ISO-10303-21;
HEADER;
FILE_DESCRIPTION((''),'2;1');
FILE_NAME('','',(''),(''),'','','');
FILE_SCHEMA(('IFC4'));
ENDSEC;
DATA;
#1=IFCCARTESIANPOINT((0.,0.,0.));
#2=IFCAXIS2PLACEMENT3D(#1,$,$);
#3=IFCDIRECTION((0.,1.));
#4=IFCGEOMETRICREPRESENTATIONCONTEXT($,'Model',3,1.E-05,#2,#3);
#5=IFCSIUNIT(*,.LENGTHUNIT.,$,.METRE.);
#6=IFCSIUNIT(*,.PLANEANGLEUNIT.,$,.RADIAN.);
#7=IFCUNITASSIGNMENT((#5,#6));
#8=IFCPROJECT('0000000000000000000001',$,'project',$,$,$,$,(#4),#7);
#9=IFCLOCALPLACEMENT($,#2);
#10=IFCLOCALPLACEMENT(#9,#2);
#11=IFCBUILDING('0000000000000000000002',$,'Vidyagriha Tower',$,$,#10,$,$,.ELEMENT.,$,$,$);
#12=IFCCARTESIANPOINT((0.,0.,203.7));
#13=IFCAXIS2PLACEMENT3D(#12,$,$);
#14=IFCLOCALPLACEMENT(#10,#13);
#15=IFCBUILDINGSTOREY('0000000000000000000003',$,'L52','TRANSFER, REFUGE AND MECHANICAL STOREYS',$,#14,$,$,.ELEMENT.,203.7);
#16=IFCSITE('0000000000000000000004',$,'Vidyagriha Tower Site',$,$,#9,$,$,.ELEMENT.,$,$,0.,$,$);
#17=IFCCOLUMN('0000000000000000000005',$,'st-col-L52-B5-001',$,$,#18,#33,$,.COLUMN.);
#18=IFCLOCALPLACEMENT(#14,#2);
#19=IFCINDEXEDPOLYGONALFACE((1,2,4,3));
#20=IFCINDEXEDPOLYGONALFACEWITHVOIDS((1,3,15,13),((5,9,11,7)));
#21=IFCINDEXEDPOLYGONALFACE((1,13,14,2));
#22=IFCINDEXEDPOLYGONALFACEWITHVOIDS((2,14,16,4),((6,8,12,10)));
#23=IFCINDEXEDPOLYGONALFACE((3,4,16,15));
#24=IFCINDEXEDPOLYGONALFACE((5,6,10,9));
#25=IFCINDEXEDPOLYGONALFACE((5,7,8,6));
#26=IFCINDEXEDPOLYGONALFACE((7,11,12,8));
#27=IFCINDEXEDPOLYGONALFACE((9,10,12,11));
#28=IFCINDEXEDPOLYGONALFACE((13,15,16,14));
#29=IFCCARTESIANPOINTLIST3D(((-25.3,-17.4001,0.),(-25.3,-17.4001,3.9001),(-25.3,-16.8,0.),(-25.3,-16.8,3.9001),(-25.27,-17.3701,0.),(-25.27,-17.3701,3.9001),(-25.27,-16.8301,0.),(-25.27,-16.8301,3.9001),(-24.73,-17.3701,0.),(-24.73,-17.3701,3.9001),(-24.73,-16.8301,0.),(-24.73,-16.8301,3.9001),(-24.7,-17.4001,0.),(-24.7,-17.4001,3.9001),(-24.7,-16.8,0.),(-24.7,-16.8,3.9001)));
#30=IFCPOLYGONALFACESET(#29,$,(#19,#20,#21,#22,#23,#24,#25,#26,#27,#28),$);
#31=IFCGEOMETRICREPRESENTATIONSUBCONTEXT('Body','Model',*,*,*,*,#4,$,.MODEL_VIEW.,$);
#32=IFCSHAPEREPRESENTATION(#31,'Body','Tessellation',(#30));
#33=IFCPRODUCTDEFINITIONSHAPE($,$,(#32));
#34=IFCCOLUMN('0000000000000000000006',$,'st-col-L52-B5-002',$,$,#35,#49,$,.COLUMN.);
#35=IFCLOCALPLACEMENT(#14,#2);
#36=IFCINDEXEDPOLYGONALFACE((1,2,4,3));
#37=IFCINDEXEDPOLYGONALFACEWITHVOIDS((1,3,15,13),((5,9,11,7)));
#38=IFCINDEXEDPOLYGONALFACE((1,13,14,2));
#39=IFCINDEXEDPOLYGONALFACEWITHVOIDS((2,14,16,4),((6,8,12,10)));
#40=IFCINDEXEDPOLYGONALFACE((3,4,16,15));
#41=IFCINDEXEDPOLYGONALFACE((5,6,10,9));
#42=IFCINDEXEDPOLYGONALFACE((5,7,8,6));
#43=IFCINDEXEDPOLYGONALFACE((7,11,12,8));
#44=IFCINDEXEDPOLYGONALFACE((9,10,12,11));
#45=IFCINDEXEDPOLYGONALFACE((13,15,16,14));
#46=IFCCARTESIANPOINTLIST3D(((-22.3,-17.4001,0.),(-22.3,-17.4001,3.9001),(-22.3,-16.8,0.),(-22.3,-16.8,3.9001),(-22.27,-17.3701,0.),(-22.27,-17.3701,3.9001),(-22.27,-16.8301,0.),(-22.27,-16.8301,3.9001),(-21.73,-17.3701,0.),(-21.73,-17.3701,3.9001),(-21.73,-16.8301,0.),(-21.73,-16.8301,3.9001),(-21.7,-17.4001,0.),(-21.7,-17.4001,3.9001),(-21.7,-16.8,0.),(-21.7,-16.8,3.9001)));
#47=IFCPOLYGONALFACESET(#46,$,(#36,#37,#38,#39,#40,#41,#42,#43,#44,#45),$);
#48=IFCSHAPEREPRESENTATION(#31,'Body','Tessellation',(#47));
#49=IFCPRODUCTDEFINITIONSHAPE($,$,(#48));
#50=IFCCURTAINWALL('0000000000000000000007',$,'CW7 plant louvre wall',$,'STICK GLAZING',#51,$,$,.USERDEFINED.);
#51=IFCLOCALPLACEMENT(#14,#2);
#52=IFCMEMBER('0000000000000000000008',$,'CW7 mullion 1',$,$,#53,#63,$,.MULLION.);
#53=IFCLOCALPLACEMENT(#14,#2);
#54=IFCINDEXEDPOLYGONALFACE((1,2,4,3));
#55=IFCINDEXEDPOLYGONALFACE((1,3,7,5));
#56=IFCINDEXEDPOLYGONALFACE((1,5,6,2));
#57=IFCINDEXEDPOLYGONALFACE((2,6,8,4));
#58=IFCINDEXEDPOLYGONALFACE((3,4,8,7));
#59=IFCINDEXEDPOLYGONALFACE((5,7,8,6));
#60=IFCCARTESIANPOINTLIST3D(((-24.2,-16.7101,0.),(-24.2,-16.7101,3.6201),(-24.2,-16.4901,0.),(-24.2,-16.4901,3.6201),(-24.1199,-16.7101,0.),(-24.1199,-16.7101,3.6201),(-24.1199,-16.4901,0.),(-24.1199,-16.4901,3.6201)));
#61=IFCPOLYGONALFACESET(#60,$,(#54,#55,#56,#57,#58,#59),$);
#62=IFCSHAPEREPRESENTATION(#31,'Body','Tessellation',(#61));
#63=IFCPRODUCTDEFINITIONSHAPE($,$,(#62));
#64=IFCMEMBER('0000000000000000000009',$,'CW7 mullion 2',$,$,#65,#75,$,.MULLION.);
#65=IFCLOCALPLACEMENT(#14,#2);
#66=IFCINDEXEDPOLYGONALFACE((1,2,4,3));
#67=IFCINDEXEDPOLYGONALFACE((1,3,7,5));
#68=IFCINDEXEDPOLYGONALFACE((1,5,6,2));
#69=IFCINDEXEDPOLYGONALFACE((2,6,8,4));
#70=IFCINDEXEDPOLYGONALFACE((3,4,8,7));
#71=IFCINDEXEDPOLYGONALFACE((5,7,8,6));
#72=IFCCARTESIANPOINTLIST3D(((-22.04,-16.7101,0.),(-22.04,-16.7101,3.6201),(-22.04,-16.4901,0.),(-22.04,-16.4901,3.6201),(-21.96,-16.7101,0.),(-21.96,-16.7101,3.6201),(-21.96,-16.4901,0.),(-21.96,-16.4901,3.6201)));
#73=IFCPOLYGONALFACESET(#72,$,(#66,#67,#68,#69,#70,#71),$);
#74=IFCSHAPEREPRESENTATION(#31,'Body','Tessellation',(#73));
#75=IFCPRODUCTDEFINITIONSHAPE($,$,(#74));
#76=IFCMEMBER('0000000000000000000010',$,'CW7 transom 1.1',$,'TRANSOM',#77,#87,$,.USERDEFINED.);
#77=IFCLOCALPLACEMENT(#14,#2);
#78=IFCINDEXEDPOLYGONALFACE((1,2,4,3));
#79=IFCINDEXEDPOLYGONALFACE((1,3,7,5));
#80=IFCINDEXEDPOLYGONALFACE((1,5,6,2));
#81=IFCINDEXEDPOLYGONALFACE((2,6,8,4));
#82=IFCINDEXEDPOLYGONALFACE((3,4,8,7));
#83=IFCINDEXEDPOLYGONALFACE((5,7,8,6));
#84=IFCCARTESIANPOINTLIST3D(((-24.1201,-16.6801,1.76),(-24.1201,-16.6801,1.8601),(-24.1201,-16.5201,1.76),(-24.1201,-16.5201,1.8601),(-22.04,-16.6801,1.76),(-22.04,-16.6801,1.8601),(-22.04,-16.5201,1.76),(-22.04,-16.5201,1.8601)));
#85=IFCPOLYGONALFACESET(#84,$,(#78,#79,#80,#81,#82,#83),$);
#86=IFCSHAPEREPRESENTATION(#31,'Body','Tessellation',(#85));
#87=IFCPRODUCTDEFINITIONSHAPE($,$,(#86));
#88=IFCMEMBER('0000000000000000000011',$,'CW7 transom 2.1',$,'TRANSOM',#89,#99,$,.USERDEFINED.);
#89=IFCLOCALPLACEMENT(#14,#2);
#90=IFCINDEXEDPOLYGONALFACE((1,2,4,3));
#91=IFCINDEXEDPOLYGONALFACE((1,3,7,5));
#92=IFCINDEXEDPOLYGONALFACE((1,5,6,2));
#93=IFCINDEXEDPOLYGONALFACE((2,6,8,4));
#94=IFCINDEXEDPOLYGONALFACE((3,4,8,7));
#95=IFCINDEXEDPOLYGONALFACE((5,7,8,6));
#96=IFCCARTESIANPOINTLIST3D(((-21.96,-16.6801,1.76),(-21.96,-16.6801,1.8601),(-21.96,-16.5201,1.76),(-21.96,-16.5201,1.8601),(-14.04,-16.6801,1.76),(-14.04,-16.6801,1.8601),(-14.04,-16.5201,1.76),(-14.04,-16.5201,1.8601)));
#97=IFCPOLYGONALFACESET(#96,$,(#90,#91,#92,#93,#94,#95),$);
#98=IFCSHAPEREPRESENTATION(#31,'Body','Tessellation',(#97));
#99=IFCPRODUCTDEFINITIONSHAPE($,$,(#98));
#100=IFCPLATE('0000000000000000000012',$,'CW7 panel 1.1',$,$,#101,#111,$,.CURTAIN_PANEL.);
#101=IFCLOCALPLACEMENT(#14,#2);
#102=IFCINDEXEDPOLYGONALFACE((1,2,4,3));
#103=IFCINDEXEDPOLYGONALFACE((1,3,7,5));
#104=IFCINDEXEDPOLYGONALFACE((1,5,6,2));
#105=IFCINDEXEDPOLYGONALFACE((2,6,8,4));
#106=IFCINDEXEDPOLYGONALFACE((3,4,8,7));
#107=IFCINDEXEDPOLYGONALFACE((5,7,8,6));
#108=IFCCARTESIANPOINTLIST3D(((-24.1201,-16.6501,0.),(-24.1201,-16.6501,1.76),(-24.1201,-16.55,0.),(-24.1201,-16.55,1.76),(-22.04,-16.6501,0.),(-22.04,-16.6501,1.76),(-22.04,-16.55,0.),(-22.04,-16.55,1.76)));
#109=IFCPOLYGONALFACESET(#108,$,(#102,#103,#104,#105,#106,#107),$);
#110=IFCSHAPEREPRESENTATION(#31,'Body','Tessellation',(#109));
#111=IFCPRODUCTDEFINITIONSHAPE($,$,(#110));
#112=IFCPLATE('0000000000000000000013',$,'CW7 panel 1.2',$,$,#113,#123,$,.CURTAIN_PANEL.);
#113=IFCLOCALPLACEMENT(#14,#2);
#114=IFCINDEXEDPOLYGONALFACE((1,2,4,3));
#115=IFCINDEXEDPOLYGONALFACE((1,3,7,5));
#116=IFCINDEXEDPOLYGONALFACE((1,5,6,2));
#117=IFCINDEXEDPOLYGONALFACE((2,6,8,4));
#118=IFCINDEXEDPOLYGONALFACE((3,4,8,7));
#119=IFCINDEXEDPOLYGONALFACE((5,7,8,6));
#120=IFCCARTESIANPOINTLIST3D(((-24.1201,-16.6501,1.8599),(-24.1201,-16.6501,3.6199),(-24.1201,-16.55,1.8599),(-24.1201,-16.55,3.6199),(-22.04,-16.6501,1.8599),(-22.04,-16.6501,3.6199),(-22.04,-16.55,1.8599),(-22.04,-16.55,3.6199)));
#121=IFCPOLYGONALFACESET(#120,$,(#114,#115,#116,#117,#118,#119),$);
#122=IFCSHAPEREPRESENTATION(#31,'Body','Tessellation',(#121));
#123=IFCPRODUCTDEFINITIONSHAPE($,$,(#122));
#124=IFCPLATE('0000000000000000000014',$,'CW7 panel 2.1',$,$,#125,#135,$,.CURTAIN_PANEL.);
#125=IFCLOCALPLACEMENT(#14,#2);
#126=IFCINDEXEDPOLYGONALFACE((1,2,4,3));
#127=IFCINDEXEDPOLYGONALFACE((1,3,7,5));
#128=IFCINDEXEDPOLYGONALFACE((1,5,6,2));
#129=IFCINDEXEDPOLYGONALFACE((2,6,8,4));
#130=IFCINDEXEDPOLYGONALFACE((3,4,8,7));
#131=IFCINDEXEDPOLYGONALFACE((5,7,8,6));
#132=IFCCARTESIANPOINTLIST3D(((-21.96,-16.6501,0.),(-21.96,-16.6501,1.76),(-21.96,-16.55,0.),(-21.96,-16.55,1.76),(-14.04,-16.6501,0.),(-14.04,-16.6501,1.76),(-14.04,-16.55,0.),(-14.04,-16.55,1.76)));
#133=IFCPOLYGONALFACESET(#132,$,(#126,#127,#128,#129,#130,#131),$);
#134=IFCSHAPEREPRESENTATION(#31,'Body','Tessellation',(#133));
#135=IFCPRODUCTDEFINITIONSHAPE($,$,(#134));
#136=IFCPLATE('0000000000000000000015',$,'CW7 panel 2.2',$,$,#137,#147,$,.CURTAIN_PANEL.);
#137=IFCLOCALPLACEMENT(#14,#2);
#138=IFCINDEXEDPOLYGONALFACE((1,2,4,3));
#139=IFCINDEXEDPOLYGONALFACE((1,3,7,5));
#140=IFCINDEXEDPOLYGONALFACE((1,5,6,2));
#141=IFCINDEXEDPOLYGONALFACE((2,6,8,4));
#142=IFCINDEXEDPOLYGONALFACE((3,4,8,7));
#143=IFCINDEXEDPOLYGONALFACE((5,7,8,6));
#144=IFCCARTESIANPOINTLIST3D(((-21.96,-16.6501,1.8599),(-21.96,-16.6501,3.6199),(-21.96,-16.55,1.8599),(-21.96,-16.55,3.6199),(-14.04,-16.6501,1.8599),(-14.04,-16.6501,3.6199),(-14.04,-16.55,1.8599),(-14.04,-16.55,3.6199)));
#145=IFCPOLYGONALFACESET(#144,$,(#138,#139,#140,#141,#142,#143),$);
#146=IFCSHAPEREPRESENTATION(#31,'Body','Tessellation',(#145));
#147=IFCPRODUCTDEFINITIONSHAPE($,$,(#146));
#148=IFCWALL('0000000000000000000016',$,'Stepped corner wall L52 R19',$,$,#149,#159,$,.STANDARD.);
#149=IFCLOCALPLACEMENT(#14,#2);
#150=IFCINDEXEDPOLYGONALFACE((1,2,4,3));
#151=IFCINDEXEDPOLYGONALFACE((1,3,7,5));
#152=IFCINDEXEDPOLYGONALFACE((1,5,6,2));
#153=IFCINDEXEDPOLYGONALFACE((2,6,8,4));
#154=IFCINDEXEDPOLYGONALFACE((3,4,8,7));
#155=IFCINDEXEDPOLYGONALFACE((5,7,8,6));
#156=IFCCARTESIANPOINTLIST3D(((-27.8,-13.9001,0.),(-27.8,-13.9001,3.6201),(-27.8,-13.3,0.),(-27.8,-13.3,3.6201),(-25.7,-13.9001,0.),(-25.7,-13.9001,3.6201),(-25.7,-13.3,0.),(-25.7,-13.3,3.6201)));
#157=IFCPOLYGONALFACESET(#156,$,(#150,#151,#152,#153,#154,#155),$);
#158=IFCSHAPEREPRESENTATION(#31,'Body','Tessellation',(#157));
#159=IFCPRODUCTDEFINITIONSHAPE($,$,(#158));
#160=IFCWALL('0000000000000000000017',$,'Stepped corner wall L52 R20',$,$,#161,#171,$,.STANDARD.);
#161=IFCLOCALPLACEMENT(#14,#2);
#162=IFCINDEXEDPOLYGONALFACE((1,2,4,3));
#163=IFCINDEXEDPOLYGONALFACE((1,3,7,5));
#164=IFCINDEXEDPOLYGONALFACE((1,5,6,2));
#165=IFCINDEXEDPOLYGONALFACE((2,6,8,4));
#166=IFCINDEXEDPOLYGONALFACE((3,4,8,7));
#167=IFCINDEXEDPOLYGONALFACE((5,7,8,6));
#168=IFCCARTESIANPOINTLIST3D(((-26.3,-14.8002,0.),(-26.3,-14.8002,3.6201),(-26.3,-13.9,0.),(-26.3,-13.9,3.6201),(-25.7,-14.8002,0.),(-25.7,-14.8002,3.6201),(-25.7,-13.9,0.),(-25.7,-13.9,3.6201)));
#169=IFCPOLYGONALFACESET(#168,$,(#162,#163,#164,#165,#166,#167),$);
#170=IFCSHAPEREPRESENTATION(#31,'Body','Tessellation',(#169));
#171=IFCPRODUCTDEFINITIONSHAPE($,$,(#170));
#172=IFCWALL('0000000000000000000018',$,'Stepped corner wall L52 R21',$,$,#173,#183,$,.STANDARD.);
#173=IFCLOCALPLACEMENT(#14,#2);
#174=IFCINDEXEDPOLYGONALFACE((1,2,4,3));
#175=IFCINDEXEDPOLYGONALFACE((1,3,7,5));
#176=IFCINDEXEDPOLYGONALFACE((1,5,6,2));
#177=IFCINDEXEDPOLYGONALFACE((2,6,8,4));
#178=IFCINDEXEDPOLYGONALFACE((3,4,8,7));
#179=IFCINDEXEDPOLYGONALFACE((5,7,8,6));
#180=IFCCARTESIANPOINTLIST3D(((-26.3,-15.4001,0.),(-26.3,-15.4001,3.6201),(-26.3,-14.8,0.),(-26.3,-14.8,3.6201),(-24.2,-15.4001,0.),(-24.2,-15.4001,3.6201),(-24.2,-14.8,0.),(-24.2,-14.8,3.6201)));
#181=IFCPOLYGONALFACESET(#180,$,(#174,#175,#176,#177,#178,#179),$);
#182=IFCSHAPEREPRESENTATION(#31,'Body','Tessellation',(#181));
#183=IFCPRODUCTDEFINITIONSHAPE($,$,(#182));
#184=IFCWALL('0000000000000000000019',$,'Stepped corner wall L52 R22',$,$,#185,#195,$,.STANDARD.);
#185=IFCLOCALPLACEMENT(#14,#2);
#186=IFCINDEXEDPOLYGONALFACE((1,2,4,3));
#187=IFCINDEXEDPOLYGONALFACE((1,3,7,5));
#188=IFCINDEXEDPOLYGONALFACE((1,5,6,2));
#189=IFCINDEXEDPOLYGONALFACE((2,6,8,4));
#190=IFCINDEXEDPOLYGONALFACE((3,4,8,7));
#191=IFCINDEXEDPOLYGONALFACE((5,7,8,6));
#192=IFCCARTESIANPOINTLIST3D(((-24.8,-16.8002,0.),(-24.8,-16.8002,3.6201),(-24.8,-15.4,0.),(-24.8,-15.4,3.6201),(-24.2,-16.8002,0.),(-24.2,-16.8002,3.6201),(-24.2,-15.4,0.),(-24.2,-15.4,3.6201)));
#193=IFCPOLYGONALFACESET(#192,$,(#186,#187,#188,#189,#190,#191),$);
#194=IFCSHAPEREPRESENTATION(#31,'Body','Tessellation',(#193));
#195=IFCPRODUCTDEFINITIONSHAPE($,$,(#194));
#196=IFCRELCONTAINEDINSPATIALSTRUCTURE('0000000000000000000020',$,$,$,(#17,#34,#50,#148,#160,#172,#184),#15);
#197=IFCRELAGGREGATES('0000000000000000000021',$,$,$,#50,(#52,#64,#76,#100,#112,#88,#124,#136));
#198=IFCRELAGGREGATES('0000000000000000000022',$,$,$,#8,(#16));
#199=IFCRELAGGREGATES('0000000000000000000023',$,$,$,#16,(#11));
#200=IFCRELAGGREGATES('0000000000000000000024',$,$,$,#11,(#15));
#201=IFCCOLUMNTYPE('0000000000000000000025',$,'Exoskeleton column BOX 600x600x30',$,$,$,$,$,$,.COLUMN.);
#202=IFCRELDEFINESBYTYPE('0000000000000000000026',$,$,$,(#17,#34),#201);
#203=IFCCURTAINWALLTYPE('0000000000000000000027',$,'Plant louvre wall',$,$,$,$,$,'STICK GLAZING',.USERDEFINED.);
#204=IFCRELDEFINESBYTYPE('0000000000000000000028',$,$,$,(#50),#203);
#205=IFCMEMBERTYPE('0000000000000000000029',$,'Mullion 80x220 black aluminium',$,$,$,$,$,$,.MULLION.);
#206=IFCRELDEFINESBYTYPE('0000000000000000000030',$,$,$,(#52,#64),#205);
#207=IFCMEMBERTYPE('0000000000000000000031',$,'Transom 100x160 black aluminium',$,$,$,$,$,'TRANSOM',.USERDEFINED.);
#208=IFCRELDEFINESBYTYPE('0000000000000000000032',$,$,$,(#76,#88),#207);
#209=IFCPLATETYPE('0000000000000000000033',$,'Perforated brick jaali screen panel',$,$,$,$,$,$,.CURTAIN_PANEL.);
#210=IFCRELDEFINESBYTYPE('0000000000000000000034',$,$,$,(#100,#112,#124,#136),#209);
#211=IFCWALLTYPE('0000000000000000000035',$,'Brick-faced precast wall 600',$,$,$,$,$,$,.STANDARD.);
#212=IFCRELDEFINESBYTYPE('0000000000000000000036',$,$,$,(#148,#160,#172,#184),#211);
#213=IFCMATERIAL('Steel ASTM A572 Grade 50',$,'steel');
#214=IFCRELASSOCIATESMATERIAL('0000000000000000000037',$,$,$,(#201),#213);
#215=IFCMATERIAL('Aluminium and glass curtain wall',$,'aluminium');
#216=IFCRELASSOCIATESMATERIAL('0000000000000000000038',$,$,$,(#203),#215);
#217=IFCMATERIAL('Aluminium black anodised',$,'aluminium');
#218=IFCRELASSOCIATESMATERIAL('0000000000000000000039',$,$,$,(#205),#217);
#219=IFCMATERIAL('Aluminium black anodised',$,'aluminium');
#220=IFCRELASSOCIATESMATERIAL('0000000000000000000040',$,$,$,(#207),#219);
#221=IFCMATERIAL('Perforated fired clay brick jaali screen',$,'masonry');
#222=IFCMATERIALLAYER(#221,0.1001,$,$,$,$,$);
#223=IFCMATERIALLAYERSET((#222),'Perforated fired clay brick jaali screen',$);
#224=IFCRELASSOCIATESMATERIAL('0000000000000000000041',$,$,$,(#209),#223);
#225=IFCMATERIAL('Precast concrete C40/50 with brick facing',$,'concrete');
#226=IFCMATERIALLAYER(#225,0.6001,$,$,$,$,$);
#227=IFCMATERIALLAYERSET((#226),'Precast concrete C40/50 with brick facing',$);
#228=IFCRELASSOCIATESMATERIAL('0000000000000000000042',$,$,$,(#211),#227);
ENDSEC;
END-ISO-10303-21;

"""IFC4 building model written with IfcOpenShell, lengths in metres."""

from ifc_helpers import new_model, si_unit, direction, frame, frame_2d, origin, origin_2d, place, context, subcontext, project, spatial, rectangle, hollow_rectangle, extrude, material, layer, layer_set, material_profile, profile_set, type_object, element, aggregate, save


model = new_model("IFC4")

# Units and contexts
model_context = context("Model", 3, precision=1e-05, world=origin(), true_north=direction((0.0, 1.0)))
body_context = subcontext(model_context, "Body", "Model", "MODEL_VIEW")
ifc_project = project(units=[si_unit("LENGTHUNIT", "METRE"), si_unit("PLANEANGLEUNIT", "RADIAN")], contexts=[model_context])

# Site, building, storey
site_placement = place(None, origin())
site = spatial("IfcSite", under=ifc_project, at=site_placement, Name="Vidyagriha Tower Site", CompositionType="ELEMENT", RefElevation=0.0)
building_placement = place(site_placement, origin())
building = spatial("IfcBuilding", under=site, at=building_placement, Name="Vidyagriha Tower", CompositionType="ELEMENT")
storey_placement = place(building_placement, frame((0.0, 0.0, 203.7)))
storey = spatial("IfcBuildingStorey", under=building, at=storey_placement, Name="L52", Description="TRANSFER, REFUGE AND MECHANICAL STOREYS", CompositionType="ELEMENT", Elevation=203.7)

# Columns
ifc_material_1 = material(Name="Steel ASTM A572 Grade 50", Category="steel")
ifc_material_profile_1 = material_profile(ifc_material_1, hollow_rectangle(XDim=0.6001, YDim=0.6001, WallThickness=0.03, at=origin_2d()), Name="BOX 600x600x30")
ifc_profile_set_1 = profile_set([ifc_material_profile_1], Name="Steel ASTM A572 Grade 50")
column_type = type_object("IfcColumnType", Name="Exoskeleton column BOX 600x600x30", PredefinedType="COLUMN", material=ifc_profile_set_1)
for number, where, name in (
    (1, (-25.0, -17.1001, 0.0), "st-col-L52-B5-001"),
    (2, (-22.0, -17.1001, 0.0), "st-col-L52-B5-002"),
):
    element("IfcColumn", number, at=place(storey_placement, frame(where)), inside=storey, type_object=column_type, Name=name, PredefinedType="COLUMN", context=body_context, shape_type="SweptSolid", body=[
        extrude(hollow_rectangle(XDim=0.6001, YDim=0.6001, WallThickness=0.03, at=origin_2d()), origin(), (0.0, 0.0, 1.0), 3.9001),
    ])

# Curtain wall, members, plates
ifc_material_2 = material(Name="Aluminium and glass curtain wall", Category="aluminium")
curtain_wall_type = type_object("IfcCurtainWallType", Name="Plant louvre wall", ElementType="STICK GLAZING", PredefinedType="USERDEFINED", material=ifc_material_2)
curtain_wall_placement = place(storey_placement, origin())
curtain_wall = element("IfcCurtainWall", 3, at=curtain_wall_placement, inside=storey, type_object=curtain_wall_type, Name="CW7 plant louvre wall", ObjectType="STICK GLAZING", PredefinedType="USERDEFINED")
ifc_material_3 = material(Name="Aluminium black anodised", Category="aluminium")
ifc_material_profile_2 = material_profile(ifc_material_3, rectangle(XDim=0.22, YDim=0.0801, at=origin_2d()), Name="Mullion 80x220 black aluminium")
ifc_profile_set_2 = profile_set([ifc_material_profile_2], Name="Aluminium black anodised")
member_type_1 = type_object("IfcMemberType", Name="Mullion 80x220 black aluminium", PredefinedType="MULLION", material=ifc_profile_set_2)
member_1_placement = place(storey_placement, frame((-24.1599, -16.6001, 0.0), z_axis=(0.0, 0.0, 1.0), x_axis=(0.0, 1.0, 0.0)))
member_1 = element("IfcMember", 4, at=member_1_placement, type_object=member_type_1, Name="CW7 mullion 1", PredefinedType="MULLION", context=body_context, shape_type="SweptSolid", body=[
    extrude(rectangle(XDim=0.22, YDim=0.0801, at=origin_2d()), origin(), (0.0, 0.0, 1.0), 3.6201),
])
member_2_placement = place(storey_placement, frame((-22.0, -16.6001, 0.0), z_axis=(0.0, 0.0, 1.0), x_axis=(0.0, 1.0, 0.0)))
member_2 = element("IfcMember", 5, at=member_2_placement, type_object=member_type_1, Name="CW7 mullion 2", PredefinedType="MULLION", context=body_context, shape_type="SweptSolid", body=[
    extrude(rectangle(XDim=0.22, YDim=0.0801, at=origin_2d()), origin(), (0.0, 0.0, 1.0), 3.6201),
])
ifc_material_4 = material(Name="Aluminium black anodised", Category="aluminium")
ifc_material_profile_3 = material_profile(ifc_material_4, rectangle(XDim=0.1599, YDim=0.1001, at=origin_2d()), Name="Transom 100x160 black aluminium")
ifc_profile_set_3 = profile_set([ifc_material_profile_3], Name="Aluminium black anodised")
member_type_2 = type_object("IfcMemberType", Name="Transom 100x160 black aluminium", ElementType="TRANSOM", PredefinedType="USERDEFINED", material=ifc_profile_set_3)
member_3_placement = place(storey_placement, frame((-24.1201, -16.6001, 1.8101), z_axis=(1.0, 0.0, 0.0), x_axis=(0.0, 1.0, 0.0)))
member_3 = element("IfcMember", 6, at=member_3_placement, type_object=member_type_2, Name="CW7 transom 1.1", ObjectType="TRANSOM", PredefinedType="USERDEFINED", context=body_context, shape_type="SweptSolid", body=[
    extrude(rectangle(XDim=0.1599, YDim=0.1001, at=origin_2d()), origin(), (0.0, 0.0, 1.0), 2.0801),
])
member_4_placement = place(storey_placement, frame((-21.96, -16.6001, 1.8101), z_axis=(1.0, 0.0, 0.0), x_axis=(0.0, 1.0, 0.0)))
member_4 = element("IfcMember", 7, at=member_4_placement, type_object=member_type_2, Name="CW7 transom 2.1", ObjectType="TRANSOM", PredefinedType="USERDEFINED", context=body_context, shape_type="SweptSolid", body=[
    extrude(rectangle(XDim=0.1599, YDim=0.1001, at=origin_2d()), origin(), (0.0, 0.0, 1.0), 7.9199),
])
ifc_material_5 = material(Name="Perforated fired clay brick jaali screen", Category="masonry")
ifc_layer_1 = layer(ifc_material_5, 0.1001)
ifc_layer_set_1 = layer_set([ifc_layer_1], Name="Perforated fired clay brick jaali screen")
plate_type = type_object("IfcPlateType", Name="Perforated brick jaali screen panel", PredefinedType="CURTAIN_PANEL", material=ifc_layer_set_1)
plate_1_placement = place(storey_placement, frame((-23.0801, -16.6001, 0.0)))
plate_1 = element("IfcPlate", 8, at=plate_1_placement, type_object=plate_type, Name="CW7 panel 1.1", PredefinedType="CURTAIN_PANEL", context=body_context, shape_type="SweptSolid", body=[
    extrude(rectangle(XDim=2.0801, YDim=0.1001, at=origin_2d()), origin(), (0.0, 0.0, 1.0), 1.76),
])
plate_2_placement = place(storey_placement, frame((-23.0801, -16.6001, 1.8599)))
plate_2 = element("IfcPlate", 9, at=plate_2_placement, type_object=plate_type, Name="CW7 panel 1.2", PredefinedType="CURTAIN_PANEL", context=body_context, shape_type="SweptSolid", body=[
    extrude(rectangle(XDim=2.0801, YDim=0.1001, at=origin_2d()), origin(), (0.0, 0.0, 1.0), 1.76),
])
plate_3_placement = place(storey_placement, frame((-18.0, -16.6001, 0.0)))
plate_3 = element("IfcPlate", 10, at=plate_3_placement, type_object=plate_type, Name="CW7 panel 2.1", PredefinedType="CURTAIN_PANEL", context=body_context, shape_type="SweptSolid", body=[
    extrude(rectangle(XDim=7.9199, YDim=0.1001, at=origin_2d()), origin(), (0.0, 0.0, 1.0), 1.76),
])
plate_4_placement = place(storey_placement, frame((-18.0, -16.6001, 1.8599)))
plate_4 = element("IfcPlate", 11, at=plate_4_placement, type_object=plate_type, Name="CW7 panel 2.2", PredefinedType="CURTAIN_PANEL", context=body_context, shape_type="SweptSolid", body=[
    extrude(rectangle(XDim=7.9199, YDim=0.1001, at=origin_2d()), origin(), (0.0, 0.0, 1.0), 1.76),
])
aggregate(curtain_wall, [member_1, member_2, member_3, plate_1, plate_2, member_4, plate_3, plate_4])

# Walls
ifc_material_6 = material(Name="Precast concrete C40/50 with brick facing", Category="concrete")
ifc_layer_2 = layer(ifc_material_6, 0.6001)
ifc_layer_set_2 = layer_set([ifc_layer_2], Name="Precast concrete C40/50 with brick facing")
wall_type_1 = type_object("IfcWallType", Name="Brick-faced precast wall 600", PredefinedType="STANDARD", material=ifc_layer_set_2)
wall_1_placement = place(storey_placement, frame((-27.8, -13.6001, 0.0)))
element("IfcWall", 12, at=wall_1_placement, inside=storey, type_object=wall_type_1, Name="Stepped corner wall L52 R19", PredefinedType="STANDARD", context=body_context, shape_type="SweptSolid", body=[
    extrude(rectangle(XDim=2.1001, YDim=0.6001, at=frame_2d((1.05, 0.0))), origin(), (0.0, 0.0, 1.0), 3.6201),
])
wall_2_placement = place(storey_placement, frame((-26.0, -13.8999, 0.0), z_axis=(0.0, 0.0, 1.0), x_axis=(0.0, -1.0, 0.0)))
element("IfcWall", 13, at=wall_2_placement, inside=storey, type_object=wall_type_1, Name="Stepped corner wall L52 R20", PredefinedType="STANDARD", context=body_context, shape_type="SweptSolid", body=[
    extrude(rectangle(XDim=0.9001, YDim=0.6001, at=frame_2d((0.4502, 0.0))), origin(), (0.0, 0.0, 1.0), 3.6201),
])
wall_3_placement = place(storey_placement, frame((-26.3, -15.1001, 0.0)))
element("IfcWall", 14, at=wall_3_placement, inside=storey, type_object=wall_type_1, Name="Stepped corner wall L52 R21", PredefinedType="STANDARD", context=body_context, shape_type="SweptSolid", body=[
    extrude(rectangle(XDim=2.1001, YDim=0.6001, at=frame_2d((1.05, 0.0))), origin(), (0.0, 0.0, 1.0), 3.6201),
])
wall_4_placement = place(storey_placement, frame((-24.5, -15.3999, 0.0), z_axis=(0.0, 0.0, 1.0), x_axis=(0.0, -1.0, 0.0)))
element("IfcWall", 15, at=wall_4_placement, inside=storey, type_object=wall_type_1, Name="Stepped corner wall L52 R22", PredefinedType="STANDARD", context=body_context, shape_type="SweptSolid", body=[
    extrude(rectangle(XDim=1.4001, YDim=0.6001, at=frame_2d((0.7002, 0.0))), origin(), (0.0, 0.0, 1.0), 3.6201),
])

save(model, "model.ifc")
